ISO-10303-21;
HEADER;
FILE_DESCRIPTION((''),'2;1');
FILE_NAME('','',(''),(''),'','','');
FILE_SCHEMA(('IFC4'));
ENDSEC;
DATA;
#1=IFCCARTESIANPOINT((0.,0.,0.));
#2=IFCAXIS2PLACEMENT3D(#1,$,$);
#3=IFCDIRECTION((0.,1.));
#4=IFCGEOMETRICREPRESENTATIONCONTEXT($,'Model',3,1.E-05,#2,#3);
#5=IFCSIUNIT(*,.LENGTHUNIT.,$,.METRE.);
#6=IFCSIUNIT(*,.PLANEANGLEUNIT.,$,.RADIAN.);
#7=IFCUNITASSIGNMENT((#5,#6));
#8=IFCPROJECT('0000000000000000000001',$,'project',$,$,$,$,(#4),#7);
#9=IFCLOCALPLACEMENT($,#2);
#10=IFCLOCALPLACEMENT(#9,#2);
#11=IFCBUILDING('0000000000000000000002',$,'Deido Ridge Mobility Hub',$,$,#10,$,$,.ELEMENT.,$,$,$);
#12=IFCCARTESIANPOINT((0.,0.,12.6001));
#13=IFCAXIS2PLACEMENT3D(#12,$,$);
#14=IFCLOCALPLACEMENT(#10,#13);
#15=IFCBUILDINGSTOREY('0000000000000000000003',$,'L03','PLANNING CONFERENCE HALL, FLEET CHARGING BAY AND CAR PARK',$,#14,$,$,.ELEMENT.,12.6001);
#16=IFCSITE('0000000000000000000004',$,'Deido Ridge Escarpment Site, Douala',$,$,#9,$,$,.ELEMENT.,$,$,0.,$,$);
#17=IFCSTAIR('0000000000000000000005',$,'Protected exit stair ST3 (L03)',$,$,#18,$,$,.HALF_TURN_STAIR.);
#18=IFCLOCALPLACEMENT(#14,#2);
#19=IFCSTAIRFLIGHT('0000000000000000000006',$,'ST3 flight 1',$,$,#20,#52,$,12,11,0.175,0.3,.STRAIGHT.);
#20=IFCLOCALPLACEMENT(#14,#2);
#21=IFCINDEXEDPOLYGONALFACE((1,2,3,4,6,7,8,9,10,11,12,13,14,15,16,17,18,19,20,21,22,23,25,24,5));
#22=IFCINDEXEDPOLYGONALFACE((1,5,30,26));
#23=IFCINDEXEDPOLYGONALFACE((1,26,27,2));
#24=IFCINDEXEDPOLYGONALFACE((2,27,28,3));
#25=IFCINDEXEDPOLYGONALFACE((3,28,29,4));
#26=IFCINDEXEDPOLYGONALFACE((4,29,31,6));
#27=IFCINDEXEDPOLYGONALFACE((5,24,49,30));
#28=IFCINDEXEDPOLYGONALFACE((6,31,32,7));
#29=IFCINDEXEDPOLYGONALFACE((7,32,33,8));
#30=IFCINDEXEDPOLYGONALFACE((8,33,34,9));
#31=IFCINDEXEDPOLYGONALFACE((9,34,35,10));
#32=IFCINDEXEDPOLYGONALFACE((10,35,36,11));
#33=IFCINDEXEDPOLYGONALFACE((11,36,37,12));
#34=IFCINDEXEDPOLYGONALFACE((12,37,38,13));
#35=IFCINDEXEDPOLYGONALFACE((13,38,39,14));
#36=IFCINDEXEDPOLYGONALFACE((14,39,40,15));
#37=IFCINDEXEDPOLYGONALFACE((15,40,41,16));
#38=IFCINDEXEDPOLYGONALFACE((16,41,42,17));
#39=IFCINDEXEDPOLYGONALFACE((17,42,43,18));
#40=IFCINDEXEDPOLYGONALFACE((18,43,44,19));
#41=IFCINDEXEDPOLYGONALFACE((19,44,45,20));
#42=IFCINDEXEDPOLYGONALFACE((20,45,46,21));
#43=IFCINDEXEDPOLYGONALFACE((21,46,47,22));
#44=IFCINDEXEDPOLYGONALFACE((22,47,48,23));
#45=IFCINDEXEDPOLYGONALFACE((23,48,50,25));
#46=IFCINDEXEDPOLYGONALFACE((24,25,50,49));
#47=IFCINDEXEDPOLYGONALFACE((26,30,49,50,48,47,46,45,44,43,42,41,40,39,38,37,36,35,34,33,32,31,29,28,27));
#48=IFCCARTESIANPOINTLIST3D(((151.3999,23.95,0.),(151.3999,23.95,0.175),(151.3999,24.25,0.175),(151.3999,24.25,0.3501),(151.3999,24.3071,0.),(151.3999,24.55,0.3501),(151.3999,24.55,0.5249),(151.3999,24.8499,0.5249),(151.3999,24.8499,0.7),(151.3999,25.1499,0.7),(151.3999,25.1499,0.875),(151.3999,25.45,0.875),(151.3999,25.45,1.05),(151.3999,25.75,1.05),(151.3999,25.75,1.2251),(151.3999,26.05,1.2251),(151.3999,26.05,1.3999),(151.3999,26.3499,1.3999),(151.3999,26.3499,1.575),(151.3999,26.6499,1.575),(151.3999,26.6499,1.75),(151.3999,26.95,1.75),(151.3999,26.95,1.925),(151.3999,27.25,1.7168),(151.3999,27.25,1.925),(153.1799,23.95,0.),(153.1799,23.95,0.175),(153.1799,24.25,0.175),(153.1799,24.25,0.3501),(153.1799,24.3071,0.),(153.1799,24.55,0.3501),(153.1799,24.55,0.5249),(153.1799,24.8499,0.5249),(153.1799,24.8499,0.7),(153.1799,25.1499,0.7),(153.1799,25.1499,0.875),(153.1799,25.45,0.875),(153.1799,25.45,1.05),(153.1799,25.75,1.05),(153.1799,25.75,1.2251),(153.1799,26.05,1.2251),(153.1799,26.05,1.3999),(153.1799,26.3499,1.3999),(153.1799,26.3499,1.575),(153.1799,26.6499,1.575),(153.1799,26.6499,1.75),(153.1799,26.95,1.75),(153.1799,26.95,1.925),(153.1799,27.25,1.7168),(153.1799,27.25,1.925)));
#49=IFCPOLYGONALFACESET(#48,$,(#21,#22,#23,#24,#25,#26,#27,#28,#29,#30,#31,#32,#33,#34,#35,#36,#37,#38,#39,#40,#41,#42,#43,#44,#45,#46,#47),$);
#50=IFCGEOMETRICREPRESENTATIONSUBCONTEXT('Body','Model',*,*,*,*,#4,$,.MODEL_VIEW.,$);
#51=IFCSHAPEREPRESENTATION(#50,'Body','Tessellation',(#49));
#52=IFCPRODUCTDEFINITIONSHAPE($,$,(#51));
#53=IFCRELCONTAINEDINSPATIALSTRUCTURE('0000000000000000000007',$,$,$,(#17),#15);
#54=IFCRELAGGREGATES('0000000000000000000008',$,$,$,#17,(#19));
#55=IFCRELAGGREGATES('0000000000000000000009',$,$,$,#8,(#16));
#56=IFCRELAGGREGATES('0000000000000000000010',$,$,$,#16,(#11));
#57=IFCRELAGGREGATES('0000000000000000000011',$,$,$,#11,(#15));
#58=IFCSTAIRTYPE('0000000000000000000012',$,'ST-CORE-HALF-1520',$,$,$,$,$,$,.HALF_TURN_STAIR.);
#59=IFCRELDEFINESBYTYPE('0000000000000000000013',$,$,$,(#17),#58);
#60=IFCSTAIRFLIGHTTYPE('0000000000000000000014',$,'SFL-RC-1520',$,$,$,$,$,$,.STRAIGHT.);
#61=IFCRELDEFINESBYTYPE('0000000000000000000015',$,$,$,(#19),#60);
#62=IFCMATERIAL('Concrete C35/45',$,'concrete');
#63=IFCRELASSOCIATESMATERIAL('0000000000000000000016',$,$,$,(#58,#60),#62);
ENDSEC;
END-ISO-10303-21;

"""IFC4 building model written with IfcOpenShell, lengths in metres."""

from ifc_helpers import new_model, si_unit, direction, frame, origin, place, context, subcontext, project, spatial, polyline, outline, extrude, material, type_object, element, aggregate, save


model = new_model("IFC4")

# Units and contexts
model_context = context("Model", 3, precision=1e-05, world=origin(), true_north=direction((0.0, 1.0)))
body_context = subcontext(model_context, "Body", "Model", "MODEL_VIEW")
ifc_project = project(units=[si_unit("LENGTHUNIT", "METRE"), si_unit("PLANEANGLEUNIT", "RADIAN")], contexts=[model_context])

# Site, building, storey
site_placement = place(None, origin())
site = spatial("IfcSite", under=ifc_project, at=site_placement, Name="Deido Ridge Escarpment Site, Douala", CompositionType="ELEMENT", RefElevation=0.0)
building_placement = place(site_placement, origin())
building = spatial("IfcBuilding", under=site, at=building_placement, Name="Deido Ridge Mobility Hub", CompositionType="ELEMENT")
storey_placement = place(building_placement, frame((0.0, 0.0, 12.6001)))
storey = spatial("IfcBuildingStorey", under=building, at=storey_placement, Name="L03", Description="PLANNING CONFERENCE HALL, FLEET CHARGING BAY AND CAR PARK", CompositionType="ELEMENT", Elevation=12.6001)

# Stair, stair flight
ifc_material_1 = material(Name="Concrete C35/45", Category="concrete")
stair_type = type_object("IfcStairType", Name="ST-CORE-HALF-1520", PredefinedType="HALF_TURN_STAIR", material=ifc_material_1)
stair_placement = place(storey_placement, origin())
stair = element("IfcStair", 1, at=stair_placement, inside=storey, type_object=stair_type, Name="Protected exit stair ST3 (L03)", PredefinedType="HALF_TURN_STAIR")
stair_flight_type = type_object("IfcStairFlightType", Name="SFL-RC-1520", PredefinedType="STRAIGHT", material=ifc_material_1)
stair_flight_placement = place(storey_placement, frame((152.29, 23.95, 0.0), z_axis=(0.0, 0.0, 1.0), x_axis=(0.0, 1.0, 0.0)))
stair_flight = element("IfcStairFlight", 2, at=stair_flight_placement, type_object=stair_flight_type, Name="ST3 flight 1", NumberOfRisers=12, NumberOfTreads=11, PredefinedType="STRAIGHT", RiserHeight=0.175, TreadLength=0.3, context=body_context, shape_type="SweptSolid", body=[
    extrude(outline(polyline([(0.0, 0.0), (0.0, 0.175), (0.3, 0.175), (0.3, 0.3501), (0.6001, 0.3501), (0.6001, 0.5249), (0.8999, 0.5249), (0.8999, 0.7), (1.2, 0.7), (1.2, 0.875), (1.5, 0.875), (1.5, 1.05), (1.8, 1.05), (1.8, 1.2251), (2.1001, 1.2251), (2.1001, 1.3999), (2.3999, 1.3999), (2.3999, 1.575), (2.7, 1.575), (2.7, 1.75), (3.0, 1.75), (3.0, 1.925), (3.3, 1.925), (3.3, 2.1001), (3.3, 1.7168), (0.3572, 0.0), (0.0, 0.0)])), frame((0.0, 0.8901, 0.0), z_axis=(0.0, -1.0, 0.0), x_axis=(1.0, 0.0, 0.0)), (0.0, 0.0, 1.0), 1.78),
])
aggregate(stair, [stair_flight])

save(model, "model.ifc")
